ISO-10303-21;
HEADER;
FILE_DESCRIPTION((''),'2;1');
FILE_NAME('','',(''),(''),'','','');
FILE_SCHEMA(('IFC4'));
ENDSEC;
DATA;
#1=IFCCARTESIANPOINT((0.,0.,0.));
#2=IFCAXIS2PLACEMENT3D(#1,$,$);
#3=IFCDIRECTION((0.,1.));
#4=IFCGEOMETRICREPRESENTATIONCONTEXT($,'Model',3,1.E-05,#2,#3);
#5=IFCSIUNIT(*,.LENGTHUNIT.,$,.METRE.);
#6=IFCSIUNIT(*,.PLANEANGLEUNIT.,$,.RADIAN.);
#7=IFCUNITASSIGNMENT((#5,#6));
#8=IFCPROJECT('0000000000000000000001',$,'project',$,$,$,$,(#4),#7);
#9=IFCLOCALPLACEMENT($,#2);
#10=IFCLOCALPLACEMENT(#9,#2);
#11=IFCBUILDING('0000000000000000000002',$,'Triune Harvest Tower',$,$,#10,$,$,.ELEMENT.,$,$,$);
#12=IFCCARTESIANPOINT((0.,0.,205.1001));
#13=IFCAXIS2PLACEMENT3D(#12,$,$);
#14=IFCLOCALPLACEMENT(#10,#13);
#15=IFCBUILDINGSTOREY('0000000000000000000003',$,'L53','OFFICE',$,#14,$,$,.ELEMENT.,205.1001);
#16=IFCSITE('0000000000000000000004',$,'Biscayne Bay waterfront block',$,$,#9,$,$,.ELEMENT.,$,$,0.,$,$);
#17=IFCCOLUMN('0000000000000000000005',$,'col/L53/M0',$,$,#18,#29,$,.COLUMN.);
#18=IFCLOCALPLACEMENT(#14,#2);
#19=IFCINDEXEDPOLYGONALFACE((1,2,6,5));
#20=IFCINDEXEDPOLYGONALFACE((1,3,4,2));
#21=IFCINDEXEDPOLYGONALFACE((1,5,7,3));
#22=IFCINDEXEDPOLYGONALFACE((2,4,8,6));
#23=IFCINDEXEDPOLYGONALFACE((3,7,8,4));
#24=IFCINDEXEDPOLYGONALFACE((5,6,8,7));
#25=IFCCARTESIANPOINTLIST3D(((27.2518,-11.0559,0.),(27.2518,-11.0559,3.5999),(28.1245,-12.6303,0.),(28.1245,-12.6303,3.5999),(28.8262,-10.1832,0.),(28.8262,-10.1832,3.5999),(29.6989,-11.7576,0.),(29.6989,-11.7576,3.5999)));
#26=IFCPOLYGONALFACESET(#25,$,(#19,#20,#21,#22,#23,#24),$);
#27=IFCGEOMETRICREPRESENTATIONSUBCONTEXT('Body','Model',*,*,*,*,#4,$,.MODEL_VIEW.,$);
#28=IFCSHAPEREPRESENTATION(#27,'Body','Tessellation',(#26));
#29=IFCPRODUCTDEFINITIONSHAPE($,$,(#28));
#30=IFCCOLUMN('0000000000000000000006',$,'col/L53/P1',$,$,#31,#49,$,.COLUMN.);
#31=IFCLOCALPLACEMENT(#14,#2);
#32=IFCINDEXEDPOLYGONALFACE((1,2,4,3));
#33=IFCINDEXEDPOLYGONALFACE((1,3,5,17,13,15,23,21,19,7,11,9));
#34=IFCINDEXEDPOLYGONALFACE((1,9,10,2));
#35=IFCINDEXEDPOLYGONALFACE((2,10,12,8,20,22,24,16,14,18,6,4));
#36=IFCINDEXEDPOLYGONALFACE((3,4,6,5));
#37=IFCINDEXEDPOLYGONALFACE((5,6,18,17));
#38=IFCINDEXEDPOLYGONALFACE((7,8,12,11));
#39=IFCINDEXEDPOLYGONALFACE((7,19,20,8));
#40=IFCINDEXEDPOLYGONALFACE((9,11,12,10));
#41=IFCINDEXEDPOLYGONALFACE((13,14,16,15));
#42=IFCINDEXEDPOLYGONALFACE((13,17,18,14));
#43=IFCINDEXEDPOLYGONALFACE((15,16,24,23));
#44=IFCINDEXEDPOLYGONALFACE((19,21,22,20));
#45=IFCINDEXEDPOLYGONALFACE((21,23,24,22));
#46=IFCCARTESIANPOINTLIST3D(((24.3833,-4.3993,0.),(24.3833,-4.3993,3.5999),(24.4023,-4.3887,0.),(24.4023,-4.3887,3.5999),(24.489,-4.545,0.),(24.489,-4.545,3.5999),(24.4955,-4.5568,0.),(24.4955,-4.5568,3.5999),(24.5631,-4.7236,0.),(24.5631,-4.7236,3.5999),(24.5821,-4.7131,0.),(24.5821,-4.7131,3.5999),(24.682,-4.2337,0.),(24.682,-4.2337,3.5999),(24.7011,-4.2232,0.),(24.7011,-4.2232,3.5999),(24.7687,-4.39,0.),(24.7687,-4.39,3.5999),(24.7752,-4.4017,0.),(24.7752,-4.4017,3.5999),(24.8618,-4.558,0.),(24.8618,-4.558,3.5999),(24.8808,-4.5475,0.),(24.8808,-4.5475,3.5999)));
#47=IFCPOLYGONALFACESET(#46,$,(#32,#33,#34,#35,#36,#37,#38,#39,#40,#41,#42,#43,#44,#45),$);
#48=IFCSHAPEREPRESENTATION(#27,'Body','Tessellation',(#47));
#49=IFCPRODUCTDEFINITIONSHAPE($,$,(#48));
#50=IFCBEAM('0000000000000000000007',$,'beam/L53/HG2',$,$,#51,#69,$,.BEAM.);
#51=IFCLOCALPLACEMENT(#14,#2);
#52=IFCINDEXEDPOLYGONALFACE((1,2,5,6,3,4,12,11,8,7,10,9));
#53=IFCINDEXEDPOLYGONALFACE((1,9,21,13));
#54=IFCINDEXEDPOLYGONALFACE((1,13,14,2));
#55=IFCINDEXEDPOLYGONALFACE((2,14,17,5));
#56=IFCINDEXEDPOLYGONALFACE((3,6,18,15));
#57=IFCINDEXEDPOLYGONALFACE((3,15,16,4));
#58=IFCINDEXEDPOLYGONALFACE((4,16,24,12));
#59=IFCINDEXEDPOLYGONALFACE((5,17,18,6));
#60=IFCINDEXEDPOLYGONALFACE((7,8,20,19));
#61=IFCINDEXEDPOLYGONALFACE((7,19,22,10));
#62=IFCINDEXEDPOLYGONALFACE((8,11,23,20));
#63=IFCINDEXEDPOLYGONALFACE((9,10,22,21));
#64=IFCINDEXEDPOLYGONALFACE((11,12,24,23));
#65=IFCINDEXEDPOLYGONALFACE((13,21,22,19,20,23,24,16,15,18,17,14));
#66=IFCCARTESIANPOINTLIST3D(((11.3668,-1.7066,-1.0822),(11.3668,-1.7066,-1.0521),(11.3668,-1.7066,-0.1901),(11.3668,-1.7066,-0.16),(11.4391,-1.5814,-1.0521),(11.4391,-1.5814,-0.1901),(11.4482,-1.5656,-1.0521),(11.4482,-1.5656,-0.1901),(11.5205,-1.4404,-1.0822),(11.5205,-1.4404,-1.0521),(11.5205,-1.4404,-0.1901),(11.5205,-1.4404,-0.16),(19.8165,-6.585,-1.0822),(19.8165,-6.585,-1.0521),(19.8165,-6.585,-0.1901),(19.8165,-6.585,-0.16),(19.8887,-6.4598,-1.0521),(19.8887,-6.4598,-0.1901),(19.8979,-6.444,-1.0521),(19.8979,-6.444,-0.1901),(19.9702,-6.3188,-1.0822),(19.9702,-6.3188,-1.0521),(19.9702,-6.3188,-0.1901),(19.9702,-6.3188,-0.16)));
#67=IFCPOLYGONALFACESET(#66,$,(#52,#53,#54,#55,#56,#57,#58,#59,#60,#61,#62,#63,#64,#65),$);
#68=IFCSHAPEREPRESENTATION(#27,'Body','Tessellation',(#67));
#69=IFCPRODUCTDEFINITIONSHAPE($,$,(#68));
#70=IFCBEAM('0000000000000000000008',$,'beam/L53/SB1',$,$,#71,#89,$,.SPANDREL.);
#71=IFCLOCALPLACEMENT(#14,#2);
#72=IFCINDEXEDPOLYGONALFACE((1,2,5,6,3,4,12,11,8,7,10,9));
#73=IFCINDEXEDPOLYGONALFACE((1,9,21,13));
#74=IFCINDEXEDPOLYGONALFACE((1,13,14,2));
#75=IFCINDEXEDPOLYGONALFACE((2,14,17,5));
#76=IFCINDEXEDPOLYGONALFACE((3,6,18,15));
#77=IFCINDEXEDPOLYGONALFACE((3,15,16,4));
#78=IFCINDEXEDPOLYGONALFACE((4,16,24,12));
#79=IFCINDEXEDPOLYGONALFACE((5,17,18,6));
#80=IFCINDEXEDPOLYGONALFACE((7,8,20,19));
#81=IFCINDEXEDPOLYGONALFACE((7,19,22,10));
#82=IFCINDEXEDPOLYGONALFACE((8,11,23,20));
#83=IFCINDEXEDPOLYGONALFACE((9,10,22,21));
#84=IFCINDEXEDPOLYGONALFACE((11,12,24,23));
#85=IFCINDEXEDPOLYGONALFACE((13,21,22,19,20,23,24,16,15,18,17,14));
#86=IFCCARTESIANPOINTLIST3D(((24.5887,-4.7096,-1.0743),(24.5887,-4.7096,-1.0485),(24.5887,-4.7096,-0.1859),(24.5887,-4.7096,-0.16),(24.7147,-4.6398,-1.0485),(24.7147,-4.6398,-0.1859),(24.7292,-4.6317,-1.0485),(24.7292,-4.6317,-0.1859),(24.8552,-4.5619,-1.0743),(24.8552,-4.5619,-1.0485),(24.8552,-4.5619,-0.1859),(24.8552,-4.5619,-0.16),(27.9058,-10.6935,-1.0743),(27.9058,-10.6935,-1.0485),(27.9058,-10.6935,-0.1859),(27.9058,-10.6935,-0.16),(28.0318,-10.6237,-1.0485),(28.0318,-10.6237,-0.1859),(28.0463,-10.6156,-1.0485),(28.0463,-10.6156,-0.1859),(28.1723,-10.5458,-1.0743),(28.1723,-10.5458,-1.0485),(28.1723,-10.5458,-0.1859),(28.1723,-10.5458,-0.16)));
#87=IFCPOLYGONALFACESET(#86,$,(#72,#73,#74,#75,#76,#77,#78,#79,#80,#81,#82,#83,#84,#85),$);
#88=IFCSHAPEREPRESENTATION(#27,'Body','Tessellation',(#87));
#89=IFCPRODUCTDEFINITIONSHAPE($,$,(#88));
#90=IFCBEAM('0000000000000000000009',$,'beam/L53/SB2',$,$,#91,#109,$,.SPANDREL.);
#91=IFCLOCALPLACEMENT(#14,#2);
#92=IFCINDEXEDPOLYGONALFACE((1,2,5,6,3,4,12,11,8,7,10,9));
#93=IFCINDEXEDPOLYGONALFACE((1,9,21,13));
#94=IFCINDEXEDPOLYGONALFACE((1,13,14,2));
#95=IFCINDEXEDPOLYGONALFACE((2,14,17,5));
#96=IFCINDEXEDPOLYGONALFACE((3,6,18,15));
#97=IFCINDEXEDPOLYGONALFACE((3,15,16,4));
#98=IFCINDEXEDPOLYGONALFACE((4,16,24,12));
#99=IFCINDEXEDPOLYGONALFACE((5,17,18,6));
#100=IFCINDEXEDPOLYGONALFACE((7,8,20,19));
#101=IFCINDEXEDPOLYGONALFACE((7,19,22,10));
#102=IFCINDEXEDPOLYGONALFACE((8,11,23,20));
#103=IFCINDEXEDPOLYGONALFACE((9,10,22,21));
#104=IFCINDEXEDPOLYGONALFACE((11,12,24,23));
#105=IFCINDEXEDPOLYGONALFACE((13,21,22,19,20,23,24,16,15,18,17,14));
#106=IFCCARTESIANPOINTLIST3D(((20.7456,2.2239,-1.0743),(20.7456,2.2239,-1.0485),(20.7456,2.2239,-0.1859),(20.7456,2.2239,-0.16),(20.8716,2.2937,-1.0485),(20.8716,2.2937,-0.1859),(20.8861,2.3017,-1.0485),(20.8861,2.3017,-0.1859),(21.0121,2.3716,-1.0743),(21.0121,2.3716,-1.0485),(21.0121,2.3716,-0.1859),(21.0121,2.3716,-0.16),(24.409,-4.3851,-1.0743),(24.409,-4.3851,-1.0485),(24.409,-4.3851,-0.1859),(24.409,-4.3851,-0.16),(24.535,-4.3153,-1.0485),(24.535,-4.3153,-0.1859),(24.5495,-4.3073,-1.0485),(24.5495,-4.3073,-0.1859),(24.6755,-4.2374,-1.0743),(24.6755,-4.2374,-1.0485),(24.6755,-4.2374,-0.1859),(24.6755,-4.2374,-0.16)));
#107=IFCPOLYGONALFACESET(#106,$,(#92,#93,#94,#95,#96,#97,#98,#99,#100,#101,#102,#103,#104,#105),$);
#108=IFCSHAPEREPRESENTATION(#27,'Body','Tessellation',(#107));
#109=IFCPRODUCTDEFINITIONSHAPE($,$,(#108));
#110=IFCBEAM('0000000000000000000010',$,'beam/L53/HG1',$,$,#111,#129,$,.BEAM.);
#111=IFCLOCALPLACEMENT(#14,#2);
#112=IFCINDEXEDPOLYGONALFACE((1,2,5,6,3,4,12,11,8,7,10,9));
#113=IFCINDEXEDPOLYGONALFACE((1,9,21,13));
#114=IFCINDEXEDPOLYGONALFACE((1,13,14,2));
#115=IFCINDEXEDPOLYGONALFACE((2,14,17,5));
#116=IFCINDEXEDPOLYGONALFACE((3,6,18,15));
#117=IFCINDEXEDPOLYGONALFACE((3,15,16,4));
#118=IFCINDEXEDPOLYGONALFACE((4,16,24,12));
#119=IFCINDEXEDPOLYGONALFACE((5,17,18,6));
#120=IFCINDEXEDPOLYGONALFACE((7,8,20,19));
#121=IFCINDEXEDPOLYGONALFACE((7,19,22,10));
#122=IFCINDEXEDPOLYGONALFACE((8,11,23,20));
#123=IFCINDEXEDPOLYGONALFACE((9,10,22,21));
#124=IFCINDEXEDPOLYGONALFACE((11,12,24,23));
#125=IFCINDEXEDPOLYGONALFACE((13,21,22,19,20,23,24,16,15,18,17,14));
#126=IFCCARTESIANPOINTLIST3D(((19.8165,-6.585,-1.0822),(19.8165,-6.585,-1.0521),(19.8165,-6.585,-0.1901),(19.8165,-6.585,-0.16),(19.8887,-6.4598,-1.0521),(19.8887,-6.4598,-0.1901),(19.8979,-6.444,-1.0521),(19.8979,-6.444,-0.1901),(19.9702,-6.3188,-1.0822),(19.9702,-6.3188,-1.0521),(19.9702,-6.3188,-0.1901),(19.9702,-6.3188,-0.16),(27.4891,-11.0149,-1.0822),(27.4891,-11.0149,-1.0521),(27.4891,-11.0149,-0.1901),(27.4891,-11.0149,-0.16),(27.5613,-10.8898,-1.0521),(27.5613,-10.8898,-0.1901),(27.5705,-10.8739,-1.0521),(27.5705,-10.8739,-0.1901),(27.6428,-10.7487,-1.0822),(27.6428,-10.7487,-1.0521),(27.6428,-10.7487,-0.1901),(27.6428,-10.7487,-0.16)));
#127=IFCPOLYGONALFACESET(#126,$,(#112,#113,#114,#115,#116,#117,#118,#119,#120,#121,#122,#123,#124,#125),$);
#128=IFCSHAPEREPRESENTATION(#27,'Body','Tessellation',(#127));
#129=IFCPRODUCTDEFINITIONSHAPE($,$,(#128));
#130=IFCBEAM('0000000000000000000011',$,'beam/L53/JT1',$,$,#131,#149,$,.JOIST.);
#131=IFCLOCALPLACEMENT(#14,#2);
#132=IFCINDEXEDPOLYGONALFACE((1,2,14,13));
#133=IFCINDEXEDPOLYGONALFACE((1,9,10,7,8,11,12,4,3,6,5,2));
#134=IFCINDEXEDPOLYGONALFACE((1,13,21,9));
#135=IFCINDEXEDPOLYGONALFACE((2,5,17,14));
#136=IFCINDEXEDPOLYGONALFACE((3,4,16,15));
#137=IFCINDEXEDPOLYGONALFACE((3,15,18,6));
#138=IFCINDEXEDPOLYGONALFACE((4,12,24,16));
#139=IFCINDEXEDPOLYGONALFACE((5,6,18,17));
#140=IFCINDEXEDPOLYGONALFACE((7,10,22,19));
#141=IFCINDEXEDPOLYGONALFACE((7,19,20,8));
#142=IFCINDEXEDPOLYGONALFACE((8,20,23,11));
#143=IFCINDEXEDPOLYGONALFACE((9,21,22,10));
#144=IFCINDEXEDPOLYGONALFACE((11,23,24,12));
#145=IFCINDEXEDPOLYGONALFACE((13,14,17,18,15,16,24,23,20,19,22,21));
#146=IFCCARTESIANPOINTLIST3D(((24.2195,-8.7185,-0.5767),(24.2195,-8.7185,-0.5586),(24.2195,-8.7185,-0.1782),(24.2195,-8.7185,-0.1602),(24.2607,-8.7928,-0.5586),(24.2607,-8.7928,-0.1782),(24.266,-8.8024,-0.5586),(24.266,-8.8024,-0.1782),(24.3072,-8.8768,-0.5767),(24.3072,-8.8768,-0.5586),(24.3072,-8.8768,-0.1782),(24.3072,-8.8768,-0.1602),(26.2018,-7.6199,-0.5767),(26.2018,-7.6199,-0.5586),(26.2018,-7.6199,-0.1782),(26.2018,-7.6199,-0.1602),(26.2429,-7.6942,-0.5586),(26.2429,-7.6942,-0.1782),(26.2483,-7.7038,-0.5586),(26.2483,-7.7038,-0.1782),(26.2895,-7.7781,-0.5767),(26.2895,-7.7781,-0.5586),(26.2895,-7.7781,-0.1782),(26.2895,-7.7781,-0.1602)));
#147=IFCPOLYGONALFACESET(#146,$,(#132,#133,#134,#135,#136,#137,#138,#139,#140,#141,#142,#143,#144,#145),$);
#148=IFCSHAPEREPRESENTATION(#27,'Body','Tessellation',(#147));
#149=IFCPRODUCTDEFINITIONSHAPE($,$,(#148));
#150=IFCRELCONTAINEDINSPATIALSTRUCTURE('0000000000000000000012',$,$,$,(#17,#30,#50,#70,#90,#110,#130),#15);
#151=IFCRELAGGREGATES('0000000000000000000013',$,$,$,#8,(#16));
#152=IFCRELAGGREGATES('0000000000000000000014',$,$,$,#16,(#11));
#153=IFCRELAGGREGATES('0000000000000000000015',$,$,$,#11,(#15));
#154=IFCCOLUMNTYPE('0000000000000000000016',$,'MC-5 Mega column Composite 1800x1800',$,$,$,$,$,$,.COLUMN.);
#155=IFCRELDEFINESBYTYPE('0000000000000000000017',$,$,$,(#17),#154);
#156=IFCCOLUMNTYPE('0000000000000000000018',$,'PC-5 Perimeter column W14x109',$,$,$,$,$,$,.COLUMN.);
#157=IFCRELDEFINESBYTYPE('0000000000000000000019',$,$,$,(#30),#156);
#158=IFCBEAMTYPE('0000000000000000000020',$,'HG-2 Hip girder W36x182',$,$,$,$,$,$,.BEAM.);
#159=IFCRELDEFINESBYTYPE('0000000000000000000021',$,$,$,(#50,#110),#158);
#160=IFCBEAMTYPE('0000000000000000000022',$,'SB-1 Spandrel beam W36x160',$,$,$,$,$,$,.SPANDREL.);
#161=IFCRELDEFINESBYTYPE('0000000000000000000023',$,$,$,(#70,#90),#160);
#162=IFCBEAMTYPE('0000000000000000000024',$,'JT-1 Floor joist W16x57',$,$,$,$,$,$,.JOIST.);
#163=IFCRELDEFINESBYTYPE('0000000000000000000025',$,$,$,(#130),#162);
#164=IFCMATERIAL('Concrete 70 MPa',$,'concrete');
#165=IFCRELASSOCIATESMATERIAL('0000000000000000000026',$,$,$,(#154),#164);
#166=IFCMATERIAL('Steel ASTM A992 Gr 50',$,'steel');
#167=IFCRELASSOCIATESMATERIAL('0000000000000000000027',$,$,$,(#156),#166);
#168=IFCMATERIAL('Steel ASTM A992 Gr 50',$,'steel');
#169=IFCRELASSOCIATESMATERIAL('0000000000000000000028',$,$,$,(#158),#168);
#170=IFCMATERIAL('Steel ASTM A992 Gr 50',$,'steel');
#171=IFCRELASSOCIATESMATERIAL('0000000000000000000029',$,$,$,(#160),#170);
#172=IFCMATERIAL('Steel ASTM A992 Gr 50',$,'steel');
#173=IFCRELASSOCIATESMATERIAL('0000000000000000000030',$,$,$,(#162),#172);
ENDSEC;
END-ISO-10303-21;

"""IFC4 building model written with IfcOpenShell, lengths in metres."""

from ifc_helpers import new_model, si_unit, direction, frame, origin, origin_2d, place, context, subcontext, project, spatial, rectangle, i_section, extrude, source, transform, mapped, material, material_profile, profile_set, type_object, element, save


model = new_model("IFC4")

# Units and contexts
model_context = context("Model", 3, precision=1e-05, world=origin(), true_north=direction((0.0, 1.0)))
body_context = subcontext(model_context, "Body", "Model", "MODEL_VIEW")
ifc_project = project(units=[si_unit("LENGTHUNIT", "METRE"), si_unit("PLANEANGLEUNIT", "RADIAN")], contexts=[model_context])

# Site, building, storey
site_placement = place(None, origin())
site = spatial("IfcSite", under=ifc_project, at=site_placement, Name="Biscayne Bay waterfront block", CompositionType="ELEMENT", RefElevation=0.0)
building_placement = place(site_placement, origin())
building = spatial("IfcBuilding", under=site, at=building_placement, Name="Triune Harvest Tower", CompositionType="ELEMENT")
storey_placement = place(building_placement, frame((0.0, 0.0, 205.1001)))
storey = spatial("IfcBuildingStorey", under=building, at=storey_placement, Name="L53", Description="OFFICE", CompositionType="ELEMENT", Elevation=205.1001)

# Columns
ifc_material_1 = material(Name="Concrete 70 MPa", Category="concrete")
ifc_material_profile_1 = material_profile(ifc_material_1, rectangle(XDim=1.8, YDim=1.8, at=origin_2d()), Name="Composite 1800x1800")
ifc_profile_set_1 = profile_set([ifc_material_profile_1], Name="Concrete 70 MPa")
column_type_1 = type_object("IfcColumnType", Name="MC-5 Mega column Composite 1800x1800", PredefinedType="COLUMN", material=ifc_profile_set_1)
shared_shape_1 = source(origin(), body_context, "Body", "SweptSolid", [
    extrude(rectangle(XDim=1.8, YDim=1.8, at=origin_2d()), origin(), (0.0, 0.0, 1.0), 3.5999),
])
column_1_placement = place(storey_placement, frame((28.4753, -11.4067, 0.0), z_axis=(0.0, 0.0, 1.0), x_axis=(-0.48481, 0.87462, 0.0)))
element("IfcColumn", 1, at=column_1_placement, inside=storey, type_object=column_type_1, Name="col/L53/M0", PredefinedType="COLUMN", context=body_context, shape_type="MappedRepresentation", body=[
    mapped(shared_shape_1, transform((0.0, 0.0, 0.0), scale=1.0)),
])
ifc_material_2 = material(Name="Steel ASTM A992 Gr 50", Category="steel")
ifc_material_profile_2 = material_profile(ifc_material_2, i_section(OverallWidth=0.3708, OverallDepth=0.3633, WebThickness=0.0134, FlangeThickness=0.0217, at=origin_2d()), Name="W14x109")
ifc_profile_set_2 = profile_set([ifc_material_profile_2], Name="Steel ASTM A992 Gr 50")
column_type_2 = type_object("IfcColumnType", Name="PC-5 Perimeter column W14x109", PredefinedType="COLUMN", material=ifc_profile_set_2)
shared_shape_2 = source(origin(), body_context, "Body", "SweptSolid", [
    extrude(i_section(OverallWidth=0.3708, OverallDepth=0.3633, WebThickness=0.0134, FlangeThickness=0.0217, at=origin_2d()), origin(), (0.0, 0.0, 1.0), 3.5999),
])
column_2_placement = place(storey_placement, frame((24.6321, -4.4734, 0.0), z_axis=(0.0, 0.0, 1.0), x_axis=(-0.48481, 0.87462, 0.0)))
element("IfcColumn", 2, at=column_2_placement, inside=storey, type_object=column_type_2, Name="col/L53/P1", PredefinedType="COLUMN", context=body_context, shape_type="MappedRepresentation", body=[
    mapped(shared_shape_2, transform((0.0, 0.0, 0.0), scale=1.0)),
])

# Beams
ifc_material_3 = material(Name="Steel ASTM A992 Gr 50", Category="steel")
ifc_material_profile_3 = material_profile(ifc_material_3, i_section(OverallWidth=0.3074, OverallDepth=0.9221, WebThickness=0.0183, FlangeThickness=0.03, at=origin_2d()), Name="W36x182")
ifc_profile_set_3 = profile_set([ifc_material_profile_3], Name="Steel ASTM A992 Gr 50")
beam_type_1 = type_object("IfcBeamType", Name="HG-2 Hip girder W36x182", PredefinedType="BEAM", material=ifc_profile_set_3)
shared_shape_3 = source(origin(), body_context, "Body", "SweptSolid", [
    extrude(i_section(OverallWidth=0.3074, OverallDepth=0.9221, WebThickness=0.0183, FlangeThickness=0.03, at=origin_2d()), origin(), (0.0, 0.0, 1.0), 9.7568),
])
beam_1_placement = place(storey_placement, frame((19.8933, -6.4519, -0.6211), z_axis=(-0.866026, 0.499998, 0.0), x_axis=(-0.499998, -0.866026, 0.0)))
element("IfcBeam", 3, at=beam_1_placement, inside=storey, type_object=beam_type_1, Name="beam/L53/HG2", PredefinedType="BEAM", context=body_context, shape_type="MappedRepresentation", body=[
    mapped(shared_shape_3, transform((0.0, 0.0, 0.0), scale=1.0)),
])
ifc_material_4 = material(Name="Steel ASTM A992 Gr 50", Category="steel")
ifc_material_profile_4 = material_profile(ifc_material_4, i_section(OverallWidth=0.3047, OverallDepth=0.9143, WebThickness=0.0166, FlangeThickness=0.0259, at=origin_2d()), Name="W36x160")
ifc_profile_set_4 = profile_set([ifc_material_profile_4], Name="Steel ASTM A992 Gr 50")
beam_type_2 = type_object("IfcBeamType", Name="SB-1 Spandrel beam W36x160", PredefinedType="SPANDREL", material=ifc_profile_set_4)
shared_shape_4 = source(origin(), body_context, "Body", "SweptSolid", [
    extrude(i_section(OverallWidth=0.3047, OverallDepth=0.9143, WebThickness=0.0166, FlangeThickness=0.0259, at=origin_2d()), origin(), (0.0, 0.0, 1.0), 6.8418),
])
beam_2_placement = place(storey_placement, frame((28.0391, -10.6196, -0.6172), z_axis=(-0.484834, 0.874606, 0.0), x_axis=(-0.874606, -0.484834, 0.0)))
element("IfcBeam", 4, at=beam_2_placement, inside=storey, type_object=beam_type_2, Name="beam/L53/SB1", PredefinedType="SPANDREL", context=body_context, shape_type="MappedRepresentation", body=[
    mapped(shared_shape_4, transform((0.0, 0.0, 0.0), scale=1.0)),
])
shared_shape_5 = source(origin(), body_context, "Body", "SweptSolid", [
    extrude(i_section(OverallWidth=0.3047, OverallDepth=0.9143, WebThickness=0.0166, FlangeThickness=0.0259, at=origin_2d()), origin(), (0.0, 0.0, 1.0), 7.5564),
])
beam_3_placement = place(storey_placement, frame((24.5422, -4.3113, -0.6172), z_axis=(-0.484806, 0.874622, 0.0), x_axis=(-0.874622, -0.484806, 0.0)))
element("IfcBeam", 5, at=beam_3_placement, inside=storey, type_object=beam_type_2, Name="beam/L53/SB2", PredefinedType="SPANDREL", context=body_context, shape_type="MappedRepresentation", body=[
    mapped(shared_shape_5, transform((0.0, 0.0, 0.0), scale=1.0)),
])
shared_shape_6 = source(origin(), body_context, "Body", "SweptSolid", [
    extrude(i_section(OverallWidth=0.3074, OverallDepth=0.9221, WebThickness=0.0183, FlangeThickness=0.03, at=origin_2d()), origin(), (0.0, 0.0, 1.0), 8.8596),
])
beam_4_placement = place(storey_placement, frame((27.5659, -10.8818, -0.6211), z_axis=(-0.866018, 0.500013, 0.0), x_axis=(-0.500013, -0.866018, 0.0)))
element("IfcBeam", 6, at=beam_4_placement, inside=storey, type_object=beam_type_1, Name="beam/L53/HG1", PredefinedType="BEAM", context=body_context, shape_type="MappedRepresentation", body=[
    mapped(shared_shape_6, transform((0.0, 0.0, 0.0), scale=1.0)),
])
ifc_material_5 = material(Name="Steel ASTM A992 Gr 50", Category="steel")
ifc_material_profile_5 = material_profile(ifc_material_5, i_section(OverallWidth=0.1809, OverallDepth=0.4165, WebThickness=0.011, FlangeThickness=0.0181, at=origin_2d()), Name="W16x57")
ifc_profile_set_5 = profile_set([ifc_material_profile_5], Name="Steel ASTM A992 Gr 50")
beam_type_3 = type_object("IfcBeamType", Name="JT-1 Floor joist W16x57", PredefinedType="JOIST", material=ifc_profile_set_5)
shared_shape_7 = source(origin(), body_context, "Body", "SweptSolid", [
    extrude(i_section(OverallWidth=0.1809, OverallDepth=0.4165, WebThickness=0.011, FlangeThickness=0.0181, at=origin_2d()), origin(), (0.0, 0.0, 1.0), 2.2664),
])
beam_5_placement = place(storey_placement, frame((26.2456, -7.699, -0.3684), z_axis=(-0.87464, -0.484774, 0.0), x_axis=(0.484774, -0.87464, 0.0)))
element("IfcBeam", 7, at=beam_5_placement, inside=storey, type_object=beam_type_3, Name="beam/L53/JT1", PredefinedType="JOIST", context=body_context, shape_type="MappedRepresentation", body=[
    mapped(shared_shape_7, transform((0.0, 0.0, 0.0), scale=1.0)),
])

save(model, "model.ifc")
